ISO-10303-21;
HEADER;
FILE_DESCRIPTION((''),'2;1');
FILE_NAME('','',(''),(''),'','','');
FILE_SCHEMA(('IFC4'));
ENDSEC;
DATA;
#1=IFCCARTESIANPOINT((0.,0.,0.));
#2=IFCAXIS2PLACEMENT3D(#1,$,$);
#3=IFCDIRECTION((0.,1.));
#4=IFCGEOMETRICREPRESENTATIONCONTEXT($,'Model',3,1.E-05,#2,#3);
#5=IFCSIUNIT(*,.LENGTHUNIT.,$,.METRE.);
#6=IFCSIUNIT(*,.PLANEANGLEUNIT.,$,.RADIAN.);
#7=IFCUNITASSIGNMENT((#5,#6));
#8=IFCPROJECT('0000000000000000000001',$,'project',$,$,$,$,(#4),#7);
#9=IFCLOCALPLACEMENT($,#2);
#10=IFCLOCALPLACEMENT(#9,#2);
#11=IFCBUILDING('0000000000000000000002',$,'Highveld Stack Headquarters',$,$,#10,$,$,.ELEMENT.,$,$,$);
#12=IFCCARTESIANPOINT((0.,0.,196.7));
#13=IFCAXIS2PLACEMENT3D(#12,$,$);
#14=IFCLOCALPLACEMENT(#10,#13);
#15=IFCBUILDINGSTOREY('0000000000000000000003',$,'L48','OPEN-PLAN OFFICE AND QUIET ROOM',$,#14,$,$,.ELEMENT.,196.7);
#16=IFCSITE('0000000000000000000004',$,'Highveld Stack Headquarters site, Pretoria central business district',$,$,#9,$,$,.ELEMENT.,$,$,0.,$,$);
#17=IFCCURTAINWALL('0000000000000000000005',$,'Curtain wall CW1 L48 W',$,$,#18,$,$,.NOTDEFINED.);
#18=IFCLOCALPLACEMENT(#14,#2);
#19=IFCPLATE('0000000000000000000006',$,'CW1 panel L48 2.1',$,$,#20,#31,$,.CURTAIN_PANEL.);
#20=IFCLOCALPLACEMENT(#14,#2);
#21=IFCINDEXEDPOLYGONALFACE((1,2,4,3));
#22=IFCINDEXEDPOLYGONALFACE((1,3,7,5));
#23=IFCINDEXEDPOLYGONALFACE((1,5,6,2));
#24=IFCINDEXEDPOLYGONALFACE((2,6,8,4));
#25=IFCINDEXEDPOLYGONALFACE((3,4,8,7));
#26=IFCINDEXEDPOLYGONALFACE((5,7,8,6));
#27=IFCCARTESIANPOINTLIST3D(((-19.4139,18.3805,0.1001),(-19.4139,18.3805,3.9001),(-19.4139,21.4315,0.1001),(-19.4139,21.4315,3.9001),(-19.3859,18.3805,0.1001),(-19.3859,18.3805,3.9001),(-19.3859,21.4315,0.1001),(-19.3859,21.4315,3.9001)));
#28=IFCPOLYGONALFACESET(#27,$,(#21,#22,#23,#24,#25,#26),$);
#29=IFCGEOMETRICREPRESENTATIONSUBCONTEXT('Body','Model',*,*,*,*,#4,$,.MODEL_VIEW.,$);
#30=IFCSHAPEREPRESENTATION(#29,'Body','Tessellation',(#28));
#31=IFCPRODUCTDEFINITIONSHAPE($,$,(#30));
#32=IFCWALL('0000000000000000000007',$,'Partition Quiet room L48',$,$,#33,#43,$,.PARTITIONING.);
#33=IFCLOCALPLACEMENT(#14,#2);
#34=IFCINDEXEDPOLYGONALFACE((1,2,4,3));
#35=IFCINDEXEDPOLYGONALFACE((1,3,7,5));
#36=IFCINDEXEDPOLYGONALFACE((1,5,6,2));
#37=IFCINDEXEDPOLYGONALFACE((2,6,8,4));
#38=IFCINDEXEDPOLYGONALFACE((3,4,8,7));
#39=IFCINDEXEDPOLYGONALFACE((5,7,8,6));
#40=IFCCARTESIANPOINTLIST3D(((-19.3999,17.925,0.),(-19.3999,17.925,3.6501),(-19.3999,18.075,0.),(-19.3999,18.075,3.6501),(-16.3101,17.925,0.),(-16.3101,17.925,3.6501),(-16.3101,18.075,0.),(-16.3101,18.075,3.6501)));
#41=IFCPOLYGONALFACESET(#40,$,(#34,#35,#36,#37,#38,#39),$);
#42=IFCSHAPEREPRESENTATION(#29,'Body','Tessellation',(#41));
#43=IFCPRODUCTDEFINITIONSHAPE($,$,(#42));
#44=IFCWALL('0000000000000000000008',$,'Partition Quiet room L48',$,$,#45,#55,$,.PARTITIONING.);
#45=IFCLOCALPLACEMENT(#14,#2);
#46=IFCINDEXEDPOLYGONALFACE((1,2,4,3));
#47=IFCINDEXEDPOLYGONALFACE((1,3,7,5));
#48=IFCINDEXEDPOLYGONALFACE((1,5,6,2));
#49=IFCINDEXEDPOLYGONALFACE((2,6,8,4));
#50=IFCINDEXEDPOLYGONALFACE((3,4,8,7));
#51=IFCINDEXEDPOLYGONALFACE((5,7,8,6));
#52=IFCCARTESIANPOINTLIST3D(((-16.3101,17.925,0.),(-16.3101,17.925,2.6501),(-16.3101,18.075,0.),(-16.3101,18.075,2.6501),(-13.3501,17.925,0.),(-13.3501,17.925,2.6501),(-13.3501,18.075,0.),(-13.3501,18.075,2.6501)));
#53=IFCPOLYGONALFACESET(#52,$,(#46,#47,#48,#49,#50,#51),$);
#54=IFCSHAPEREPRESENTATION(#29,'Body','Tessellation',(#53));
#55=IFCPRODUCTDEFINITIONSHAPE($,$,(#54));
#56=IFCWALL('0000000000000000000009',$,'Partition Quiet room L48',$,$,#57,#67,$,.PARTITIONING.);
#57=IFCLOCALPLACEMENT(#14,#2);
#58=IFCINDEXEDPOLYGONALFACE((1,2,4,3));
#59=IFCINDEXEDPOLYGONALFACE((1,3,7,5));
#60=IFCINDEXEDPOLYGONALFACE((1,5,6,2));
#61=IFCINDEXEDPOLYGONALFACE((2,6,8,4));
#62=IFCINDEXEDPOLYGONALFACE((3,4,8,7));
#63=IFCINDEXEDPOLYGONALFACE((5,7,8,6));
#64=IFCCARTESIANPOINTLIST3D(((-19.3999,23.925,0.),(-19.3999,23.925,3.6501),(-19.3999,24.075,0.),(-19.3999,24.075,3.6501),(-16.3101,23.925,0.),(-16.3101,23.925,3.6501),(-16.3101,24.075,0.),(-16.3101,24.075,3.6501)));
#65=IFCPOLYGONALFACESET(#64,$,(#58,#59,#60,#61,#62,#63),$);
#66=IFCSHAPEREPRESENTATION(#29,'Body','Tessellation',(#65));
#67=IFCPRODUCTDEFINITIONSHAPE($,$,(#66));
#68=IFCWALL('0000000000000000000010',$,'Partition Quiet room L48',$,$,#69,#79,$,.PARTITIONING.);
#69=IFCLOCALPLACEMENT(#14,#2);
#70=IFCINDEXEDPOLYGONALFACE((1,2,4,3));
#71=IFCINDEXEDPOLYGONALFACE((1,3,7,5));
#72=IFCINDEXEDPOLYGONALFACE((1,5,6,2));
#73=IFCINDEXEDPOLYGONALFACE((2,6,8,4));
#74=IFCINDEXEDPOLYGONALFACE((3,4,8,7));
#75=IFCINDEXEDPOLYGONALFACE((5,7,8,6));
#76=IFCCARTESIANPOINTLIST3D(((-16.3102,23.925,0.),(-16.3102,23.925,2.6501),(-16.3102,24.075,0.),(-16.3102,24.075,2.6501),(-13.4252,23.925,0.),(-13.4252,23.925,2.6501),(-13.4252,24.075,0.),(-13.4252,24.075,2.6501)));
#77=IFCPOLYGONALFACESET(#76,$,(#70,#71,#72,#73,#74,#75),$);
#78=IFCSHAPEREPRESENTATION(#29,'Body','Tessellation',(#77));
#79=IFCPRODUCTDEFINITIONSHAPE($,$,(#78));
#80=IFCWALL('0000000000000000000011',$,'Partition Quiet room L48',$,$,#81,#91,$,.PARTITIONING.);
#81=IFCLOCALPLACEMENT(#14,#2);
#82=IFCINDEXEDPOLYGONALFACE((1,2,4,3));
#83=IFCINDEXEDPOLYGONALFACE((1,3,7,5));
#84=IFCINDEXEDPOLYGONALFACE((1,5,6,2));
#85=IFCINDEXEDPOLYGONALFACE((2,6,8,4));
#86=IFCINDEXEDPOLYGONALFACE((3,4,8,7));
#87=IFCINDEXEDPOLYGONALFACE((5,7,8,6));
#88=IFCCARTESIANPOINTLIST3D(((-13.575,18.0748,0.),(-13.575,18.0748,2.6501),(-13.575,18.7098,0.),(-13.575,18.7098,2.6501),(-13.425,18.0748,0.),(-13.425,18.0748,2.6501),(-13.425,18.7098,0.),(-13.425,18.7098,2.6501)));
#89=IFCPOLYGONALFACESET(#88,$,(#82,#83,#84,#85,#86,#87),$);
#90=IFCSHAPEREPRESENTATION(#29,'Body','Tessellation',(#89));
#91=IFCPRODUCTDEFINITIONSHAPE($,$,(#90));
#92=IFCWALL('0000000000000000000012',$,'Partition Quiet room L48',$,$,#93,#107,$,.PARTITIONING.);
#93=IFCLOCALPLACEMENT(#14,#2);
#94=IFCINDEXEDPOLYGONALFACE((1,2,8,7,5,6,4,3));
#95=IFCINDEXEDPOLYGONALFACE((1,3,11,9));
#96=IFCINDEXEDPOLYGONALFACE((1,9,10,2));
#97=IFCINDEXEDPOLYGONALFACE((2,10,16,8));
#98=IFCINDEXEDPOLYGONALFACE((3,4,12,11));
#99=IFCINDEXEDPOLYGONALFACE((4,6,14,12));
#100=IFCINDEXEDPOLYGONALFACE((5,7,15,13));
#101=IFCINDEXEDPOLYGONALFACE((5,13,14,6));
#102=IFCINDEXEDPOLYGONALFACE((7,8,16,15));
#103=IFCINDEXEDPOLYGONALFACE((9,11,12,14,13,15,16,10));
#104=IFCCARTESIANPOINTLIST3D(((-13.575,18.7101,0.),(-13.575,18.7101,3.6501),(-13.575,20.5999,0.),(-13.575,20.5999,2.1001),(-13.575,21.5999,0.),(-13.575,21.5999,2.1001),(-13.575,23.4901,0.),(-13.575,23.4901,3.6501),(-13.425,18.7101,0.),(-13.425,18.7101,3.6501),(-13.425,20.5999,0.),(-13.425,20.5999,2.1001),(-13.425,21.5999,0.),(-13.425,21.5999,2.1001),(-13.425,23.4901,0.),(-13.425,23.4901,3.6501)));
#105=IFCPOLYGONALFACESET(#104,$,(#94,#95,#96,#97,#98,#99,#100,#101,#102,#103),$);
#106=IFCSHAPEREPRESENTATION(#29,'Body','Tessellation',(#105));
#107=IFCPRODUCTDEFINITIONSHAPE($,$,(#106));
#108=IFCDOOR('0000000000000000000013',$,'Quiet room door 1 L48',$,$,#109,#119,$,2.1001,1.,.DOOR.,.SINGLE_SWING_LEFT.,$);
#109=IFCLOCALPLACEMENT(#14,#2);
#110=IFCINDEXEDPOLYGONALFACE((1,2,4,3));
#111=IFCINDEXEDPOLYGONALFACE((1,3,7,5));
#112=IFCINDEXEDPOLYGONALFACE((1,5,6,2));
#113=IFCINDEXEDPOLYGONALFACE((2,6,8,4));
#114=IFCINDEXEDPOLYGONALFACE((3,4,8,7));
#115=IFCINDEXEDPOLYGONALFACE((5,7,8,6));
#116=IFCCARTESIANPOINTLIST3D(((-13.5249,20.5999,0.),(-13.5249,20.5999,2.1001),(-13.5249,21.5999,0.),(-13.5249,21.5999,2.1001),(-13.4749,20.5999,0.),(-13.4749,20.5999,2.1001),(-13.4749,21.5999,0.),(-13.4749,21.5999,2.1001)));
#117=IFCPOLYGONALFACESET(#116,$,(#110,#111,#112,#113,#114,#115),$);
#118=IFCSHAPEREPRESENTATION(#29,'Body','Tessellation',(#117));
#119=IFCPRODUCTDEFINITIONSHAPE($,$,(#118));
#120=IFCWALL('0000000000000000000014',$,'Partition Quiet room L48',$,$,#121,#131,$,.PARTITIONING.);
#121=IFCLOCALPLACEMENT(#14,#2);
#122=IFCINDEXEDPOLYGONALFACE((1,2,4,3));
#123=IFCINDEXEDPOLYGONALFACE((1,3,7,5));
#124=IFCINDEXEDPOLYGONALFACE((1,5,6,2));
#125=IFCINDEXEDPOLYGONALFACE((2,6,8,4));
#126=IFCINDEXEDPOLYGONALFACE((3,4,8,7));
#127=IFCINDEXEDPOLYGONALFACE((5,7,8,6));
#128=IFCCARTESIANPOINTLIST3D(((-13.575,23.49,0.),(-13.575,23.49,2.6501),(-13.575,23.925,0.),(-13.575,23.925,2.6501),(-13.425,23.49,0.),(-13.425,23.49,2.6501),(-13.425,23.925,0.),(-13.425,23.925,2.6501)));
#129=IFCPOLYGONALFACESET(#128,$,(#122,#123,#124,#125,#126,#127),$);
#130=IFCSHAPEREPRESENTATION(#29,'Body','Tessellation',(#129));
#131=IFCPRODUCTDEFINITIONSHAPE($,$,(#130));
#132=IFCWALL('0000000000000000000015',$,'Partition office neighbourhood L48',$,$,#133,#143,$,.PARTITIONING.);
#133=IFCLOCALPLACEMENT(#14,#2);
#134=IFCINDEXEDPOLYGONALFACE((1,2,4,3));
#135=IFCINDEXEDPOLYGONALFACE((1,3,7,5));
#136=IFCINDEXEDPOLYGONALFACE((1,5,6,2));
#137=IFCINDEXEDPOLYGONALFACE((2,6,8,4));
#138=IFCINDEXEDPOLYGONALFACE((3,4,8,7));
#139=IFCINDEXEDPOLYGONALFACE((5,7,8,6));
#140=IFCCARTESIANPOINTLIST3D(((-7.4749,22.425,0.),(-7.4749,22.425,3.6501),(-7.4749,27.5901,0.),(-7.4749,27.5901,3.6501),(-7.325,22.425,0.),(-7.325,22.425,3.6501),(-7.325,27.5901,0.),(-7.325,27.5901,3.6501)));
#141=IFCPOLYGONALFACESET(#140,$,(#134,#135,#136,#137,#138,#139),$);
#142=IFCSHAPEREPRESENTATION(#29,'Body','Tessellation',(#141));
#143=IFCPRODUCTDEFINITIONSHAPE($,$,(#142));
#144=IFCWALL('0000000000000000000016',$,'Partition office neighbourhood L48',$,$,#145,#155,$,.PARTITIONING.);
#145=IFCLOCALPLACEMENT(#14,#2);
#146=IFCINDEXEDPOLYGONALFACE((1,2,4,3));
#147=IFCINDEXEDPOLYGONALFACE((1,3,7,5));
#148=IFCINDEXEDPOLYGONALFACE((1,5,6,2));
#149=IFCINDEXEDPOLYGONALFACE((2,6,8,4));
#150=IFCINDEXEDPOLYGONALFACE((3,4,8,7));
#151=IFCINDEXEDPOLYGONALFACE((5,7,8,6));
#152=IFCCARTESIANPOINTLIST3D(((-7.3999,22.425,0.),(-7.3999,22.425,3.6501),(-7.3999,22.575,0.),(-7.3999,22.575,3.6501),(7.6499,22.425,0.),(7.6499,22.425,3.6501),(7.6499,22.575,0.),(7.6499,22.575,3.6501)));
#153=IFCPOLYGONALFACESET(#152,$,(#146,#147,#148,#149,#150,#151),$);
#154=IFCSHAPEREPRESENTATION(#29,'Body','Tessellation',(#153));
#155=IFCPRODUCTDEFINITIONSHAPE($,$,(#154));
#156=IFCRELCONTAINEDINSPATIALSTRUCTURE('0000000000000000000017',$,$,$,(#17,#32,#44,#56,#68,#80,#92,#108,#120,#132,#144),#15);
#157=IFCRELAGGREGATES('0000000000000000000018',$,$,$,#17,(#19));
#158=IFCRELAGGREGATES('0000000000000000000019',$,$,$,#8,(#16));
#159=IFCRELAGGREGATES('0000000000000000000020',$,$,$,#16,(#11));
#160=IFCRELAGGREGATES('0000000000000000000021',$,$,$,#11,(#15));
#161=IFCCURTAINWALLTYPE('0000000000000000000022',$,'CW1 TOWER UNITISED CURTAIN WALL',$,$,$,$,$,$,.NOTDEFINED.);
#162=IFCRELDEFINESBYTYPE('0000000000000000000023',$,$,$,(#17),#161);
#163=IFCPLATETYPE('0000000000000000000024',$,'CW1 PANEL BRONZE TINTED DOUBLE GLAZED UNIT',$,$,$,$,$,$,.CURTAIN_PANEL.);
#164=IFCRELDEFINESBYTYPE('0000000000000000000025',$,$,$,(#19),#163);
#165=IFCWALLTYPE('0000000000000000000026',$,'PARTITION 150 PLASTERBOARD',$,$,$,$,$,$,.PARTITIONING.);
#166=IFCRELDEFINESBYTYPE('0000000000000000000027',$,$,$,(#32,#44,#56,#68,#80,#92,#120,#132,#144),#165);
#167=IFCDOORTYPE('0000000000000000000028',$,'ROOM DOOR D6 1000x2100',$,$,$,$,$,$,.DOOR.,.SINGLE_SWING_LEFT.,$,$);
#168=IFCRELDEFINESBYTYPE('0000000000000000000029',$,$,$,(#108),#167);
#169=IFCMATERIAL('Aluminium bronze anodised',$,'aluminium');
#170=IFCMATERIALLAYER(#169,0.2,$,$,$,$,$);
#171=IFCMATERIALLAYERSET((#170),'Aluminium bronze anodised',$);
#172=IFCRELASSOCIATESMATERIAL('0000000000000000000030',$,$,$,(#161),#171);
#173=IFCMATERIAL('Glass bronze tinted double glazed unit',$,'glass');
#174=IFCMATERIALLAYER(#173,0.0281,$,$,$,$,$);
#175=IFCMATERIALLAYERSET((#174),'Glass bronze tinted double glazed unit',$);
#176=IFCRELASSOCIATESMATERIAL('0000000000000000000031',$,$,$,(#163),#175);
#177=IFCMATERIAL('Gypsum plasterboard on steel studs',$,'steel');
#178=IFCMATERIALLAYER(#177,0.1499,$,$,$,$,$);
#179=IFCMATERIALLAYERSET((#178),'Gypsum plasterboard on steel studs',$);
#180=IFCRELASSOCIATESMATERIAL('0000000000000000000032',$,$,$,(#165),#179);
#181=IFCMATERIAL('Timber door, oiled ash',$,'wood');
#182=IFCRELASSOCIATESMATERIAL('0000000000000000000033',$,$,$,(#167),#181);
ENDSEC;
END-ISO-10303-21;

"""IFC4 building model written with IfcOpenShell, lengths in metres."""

from ifc_helpers import new_model, si_unit, direction, frame, frame_2d, origin, origin_2d, place, context, subcontext, project, spatial, rectangle, extrude, material, layer, layer_set, type_object, element, fill, aggregate, save


model = new_model("IFC4")

# Units and contexts
model_context = context("Model", 3, precision=1e-05, world=origin(), true_north=direction((0.0, 1.0)))
body_context = subcontext(model_context, "Body", "Model", "MODEL_VIEW")
ifc_project = project(units=[si_unit("LENGTHUNIT", "METRE"), si_unit("PLANEANGLEUNIT", "RADIAN")], contexts=[model_context])

# Site, building, storey
site_placement = place(None, origin())
site = spatial("IfcSite", under=ifc_project, at=site_placement, Name="Highveld Stack Headquarters site, Pretoria central business district", CompositionType="ELEMENT", RefElevation=0.0)
building_placement = place(site_placement, origin())
building = spatial("IfcBuilding", under=site, at=building_placement, Name="Highveld Stack Headquarters", CompositionType="ELEMENT")
storey_placement = place(building_placement, frame((0.0, 0.0, 196.7)))
storey = spatial("IfcBuildingStorey", under=building, at=storey_placement, Name="L48", Description="OPEN-PLAN OFFICE AND QUIET ROOM", CompositionType="ELEMENT", Elevation=196.7)

# Curtain wall
ifc_material_1 = material(Name="Aluminium bronze anodised", Category="aluminium")
ifc_layer_1 = layer(ifc_material_1, 0.2)
ifc_layer_set_1 = layer_set([ifc_layer_1], Name="Aluminium bronze anodised")
curtain_wall_type = type_object("IfcCurtainWallType", Name="CW1 TOWER UNITISED CURTAIN WALL", PredefinedType="NOTDEFINED", material=ifc_layer_set_1)
curtain_wall_placement = place(storey_placement, origin())
curtain_wall = element("IfcCurtainWall", 1, at=curtain_wall_placement, inside=storey, type_object=curtain_wall_type, Name="Curtain wall CW1 L48 W", PredefinedType="NOTDEFINED")

# Plate
ifc_material_2 = material(Name="Glass bronze tinted double glazed unit", Category="glass")
ifc_layer_2 = layer(ifc_material_2, 0.0281)
ifc_layer_set_2 = layer_set([ifc_layer_2], Name="Glass bronze tinted double glazed unit")
plate_type = type_object("IfcPlateType", Name="CW1 PANEL BRONZE TINTED DOUBLE GLAZED UNIT", PredefinedType="CURTAIN_PANEL", material=ifc_layer_set_2)
plate_1_placement = place(storey_placement, frame((-19.3999, 19.906, 0.1001), z_axis=(0.0, 0.0, 1.0), x_axis=(0.0, -1.0, 0.0)))
plate_1 = element("IfcPlate", 2, at=plate_1_placement, type_object=plate_type, Name="CW1 panel L48 2.1", PredefinedType="CURTAIN_PANEL", context=body_context, shape_type="SweptSolid", body=[
    extrude(rectangle(XDim=3.051, YDim=0.0281, at=origin_2d()), origin(), (0.0, 0.0, 1.0), 3.8),
])
aggregate(curtain_wall, [plate_1])

# Walls
ifc_material_3 = material(Name="Gypsum plasterboard on steel studs", Category="steel")
ifc_layer_3 = layer(ifc_material_3, 0.1499)
ifc_layer_set_3 = layer_set([ifc_layer_3], Name="Gypsum plasterboard on steel studs")
wall_type = type_object("IfcWallType", Name="PARTITION 150 PLASTERBOARD", PredefinedType="PARTITIONING", material=ifc_layer_set_3)
wall_1_placement = place(storey_placement, frame((-19.3999, 18.0, 0.0), z_axis=(0.0, 0.0, 1.0), x_axis=(1.0, 0.0, 0.0)))
element("IfcWall", 3, at=wall_1_placement, inside=storey, type_object=wall_type, Name="Partition Quiet room L48", PredefinedType="PARTITIONING", context=body_context, shape_type="SweptSolid", body=[
    extrude(rectangle(XDim=3.0898, YDim=0.1499, at=frame_2d((1.5449, 0.0))), origin(), (0.0, 0.0, 1.0), 3.6501),
])
wall_2_placement = place(storey_placement, frame((-16.3101, 18.0, 0.0), z_axis=(0.0, 0.0, 1.0), x_axis=(1.0, 0.0, 0.0)))
element("IfcWall", 4, at=wall_2_placement, inside=storey, type_object=wall_type, Name="Partition Quiet room L48", PredefinedType="PARTITIONING", context=body_context, shape_type="SweptSolid", body=[
    extrude(rectangle(XDim=2.96, YDim=0.1499, at=frame_2d((1.48, 0.0))), origin(), (0.0, 0.0, 1.0), 2.6501),
])
wall_3_placement = place(storey_placement, frame((-19.3999, 24.0, 0.0), z_axis=(0.0, 0.0, 1.0), x_axis=(1.0, 0.0, 0.0)))
element("IfcWall", 5, at=wall_3_placement, inside=storey, type_object=wall_type, Name="Partition Quiet room L48", PredefinedType="PARTITIONING", context=body_context, shape_type="SweptSolid", body=[
    extrude(rectangle(XDim=3.0898, YDim=0.1499, at=frame_2d((1.5449, 0.0))), origin(), (0.0, 0.0, 1.0), 3.6501),
])
wall_4_placement = place(storey_placement, frame((-16.3101, 24.0, 0.0), z_axis=(0.0, 0.0, 1.0), x_axis=(1.0, 0.0, 0.0)))
element("IfcWall", 6, at=wall_4_placement, inside=storey, type_object=wall_type, Name="Partition Quiet room L48", PredefinedType="PARTITIONING", context=body_context, shape_type="SweptSolid", body=[
    extrude(rectangle(XDim=2.885, YDim=0.1499, at=frame_2d((1.4424, 0.0))), origin(), (0.0, 0.0, 1.0), 2.6501),
])
wall_5_placement = place(storey_placement, frame((-13.5, 18.075, 0.0), z_axis=(0.0, 0.0, 1.0), x_axis=(0.0, 1.0, 0.0)))
element("IfcWall", 7, at=wall_5_placement, inside=storey, type_object=wall_type, Name="Partition Quiet room L48", PredefinedType="PARTITIONING", context=body_context, shape_type="SweptSolid", body=[
    extrude(rectangle(XDim=0.635, YDim=0.1499, at=frame_2d((0.3174, 0.0))), origin(), (0.0, 0.0, 1.0), 2.6501),
])

# Wall, opening, door
wall_6_placement = place(storey_placement, frame((-13.5, 18.71, 0.0), z_axis=(0.0, 0.0, 1.0), x_axis=(0.0, 1.0, 0.0)))
wall_6 = element("IfcWall", 8, at=wall_6_placement, inside=storey, type_object=wall_type, Name="Partition Quiet room L48", PredefinedType="PARTITIONING", context=body_context, shape_type="SweptSolid", body=[
    extrude(rectangle(XDim=4.78, YDim=0.1499, at=frame_2d((2.3901, 0.0))), origin(), (0.0, 0.0, 1.0), 3.6501),
])
opening_placement = place(wall_6_placement, frame((1.8899, 0.0, 0.0)))
opening = element("IfcOpeningElement", 9, at=opening_placement, cuts=wall_6, PredefinedType="OPENING", context=body_context, shape_type="SweptSolid", body=[
    extrude(rectangle(XDim=1.0, YDim=2.1001, at=frame_2d((0.5, 1.05))), frame((0.0, 0.085, 0.0), z_axis=(0.0, -1.0, 0.0), x_axis=(1.0, 0.0, 0.0)), (0.0, 0.0, 1.0), 0.1699),
])
ifc_material_4 = material(Name="Timber door, oiled ash", Category="wood")
door_type = type_object("IfcDoorType", Name="ROOM DOOR D6 1000x2100", OperationType="SINGLE_SWING_LEFT", PredefinedType="DOOR", material=ifc_material_4)
door_placement = place(opening_placement, origin())
door = element("IfcDoor", 10, at=door_placement, inside=storey, type_object=door_type, Name="Quiet room door 1 L48", OperationType="SINGLE_SWING_LEFT", OverallHeight=2.1001, OverallWidth=1.0, PredefinedType="DOOR", context=body_context, shape_type="SweptSolid", body=[
    extrude(rectangle(XDim=1.0, YDim=2.1001, at=frame_2d((0.5, 1.05))), frame((0.0, 0.0249, 0.0), z_axis=(0.0, -1.0, 0.0), x_axis=(1.0, 0.0, 0.0)), (0.0, 0.0, 1.0), 0.05),
])
fill(opening, door)

# Walls
wall_7_placement = place(storey_placement, frame((-13.5, 23.49, 0.0), z_axis=(0.0, 0.0, 1.0), x_axis=(0.0, 1.0, 0.0)))
element("IfcWall", 11, at=wall_7_placement, inside=storey, type_object=wall_type, Name="Partition Quiet room L48", PredefinedType="PARTITIONING", context=body_context, shape_type="SweptSolid", body=[
    extrude(rectangle(XDim=0.4351, YDim=0.1499, at=frame_2d((0.2175, 0.0))), origin(), (0.0, 0.0, 1.0), 2.6501),
])
wall_8_placement = place(storey_placement, frame((-7.3999, 22.425, 0.0), z_axis=(0.0, 0.0, 1.0), x_axis=(0.0, 1.0, 0.0)))
element("IfcWall", 12, at=wall_8_placement, inside=storey, type_object=wall_type, Name="Partition office neighbourhood L48", PredefinedType="PARTITIONING", context=body_context, shape_type="SweptSolid", body=[
    extrude(rectangle(XDim=5.165, YDim=0.1499, at=frame_2d((2.5825, 0.0))), origin(), (0.0, 0.0, 1.0), 3.6501),
])
wall_9_placement = place(storey_placement, frame((-7.3999, 22.5, 0.0), z_axis=(0.0, 0.0, 1.0), x_axis=(1.0, 0.0, 0.0)))
element("IfcWall", 13, at=wall_9_placement, inside=storey, type_object=wall_type, Name="Partition office neighbourhood L48", PredefinedType="PARTITIONING", context=body_context, shape_type="SweptSolid", body=[
    extrude(rectangle(XDim=15.0498, YDim=0.1499, at=frame_2d((7.5249, 0.0))), origin(), (0.0, 0.0, 1.0), 3.6501),
])

save(model, "model.ifc")
